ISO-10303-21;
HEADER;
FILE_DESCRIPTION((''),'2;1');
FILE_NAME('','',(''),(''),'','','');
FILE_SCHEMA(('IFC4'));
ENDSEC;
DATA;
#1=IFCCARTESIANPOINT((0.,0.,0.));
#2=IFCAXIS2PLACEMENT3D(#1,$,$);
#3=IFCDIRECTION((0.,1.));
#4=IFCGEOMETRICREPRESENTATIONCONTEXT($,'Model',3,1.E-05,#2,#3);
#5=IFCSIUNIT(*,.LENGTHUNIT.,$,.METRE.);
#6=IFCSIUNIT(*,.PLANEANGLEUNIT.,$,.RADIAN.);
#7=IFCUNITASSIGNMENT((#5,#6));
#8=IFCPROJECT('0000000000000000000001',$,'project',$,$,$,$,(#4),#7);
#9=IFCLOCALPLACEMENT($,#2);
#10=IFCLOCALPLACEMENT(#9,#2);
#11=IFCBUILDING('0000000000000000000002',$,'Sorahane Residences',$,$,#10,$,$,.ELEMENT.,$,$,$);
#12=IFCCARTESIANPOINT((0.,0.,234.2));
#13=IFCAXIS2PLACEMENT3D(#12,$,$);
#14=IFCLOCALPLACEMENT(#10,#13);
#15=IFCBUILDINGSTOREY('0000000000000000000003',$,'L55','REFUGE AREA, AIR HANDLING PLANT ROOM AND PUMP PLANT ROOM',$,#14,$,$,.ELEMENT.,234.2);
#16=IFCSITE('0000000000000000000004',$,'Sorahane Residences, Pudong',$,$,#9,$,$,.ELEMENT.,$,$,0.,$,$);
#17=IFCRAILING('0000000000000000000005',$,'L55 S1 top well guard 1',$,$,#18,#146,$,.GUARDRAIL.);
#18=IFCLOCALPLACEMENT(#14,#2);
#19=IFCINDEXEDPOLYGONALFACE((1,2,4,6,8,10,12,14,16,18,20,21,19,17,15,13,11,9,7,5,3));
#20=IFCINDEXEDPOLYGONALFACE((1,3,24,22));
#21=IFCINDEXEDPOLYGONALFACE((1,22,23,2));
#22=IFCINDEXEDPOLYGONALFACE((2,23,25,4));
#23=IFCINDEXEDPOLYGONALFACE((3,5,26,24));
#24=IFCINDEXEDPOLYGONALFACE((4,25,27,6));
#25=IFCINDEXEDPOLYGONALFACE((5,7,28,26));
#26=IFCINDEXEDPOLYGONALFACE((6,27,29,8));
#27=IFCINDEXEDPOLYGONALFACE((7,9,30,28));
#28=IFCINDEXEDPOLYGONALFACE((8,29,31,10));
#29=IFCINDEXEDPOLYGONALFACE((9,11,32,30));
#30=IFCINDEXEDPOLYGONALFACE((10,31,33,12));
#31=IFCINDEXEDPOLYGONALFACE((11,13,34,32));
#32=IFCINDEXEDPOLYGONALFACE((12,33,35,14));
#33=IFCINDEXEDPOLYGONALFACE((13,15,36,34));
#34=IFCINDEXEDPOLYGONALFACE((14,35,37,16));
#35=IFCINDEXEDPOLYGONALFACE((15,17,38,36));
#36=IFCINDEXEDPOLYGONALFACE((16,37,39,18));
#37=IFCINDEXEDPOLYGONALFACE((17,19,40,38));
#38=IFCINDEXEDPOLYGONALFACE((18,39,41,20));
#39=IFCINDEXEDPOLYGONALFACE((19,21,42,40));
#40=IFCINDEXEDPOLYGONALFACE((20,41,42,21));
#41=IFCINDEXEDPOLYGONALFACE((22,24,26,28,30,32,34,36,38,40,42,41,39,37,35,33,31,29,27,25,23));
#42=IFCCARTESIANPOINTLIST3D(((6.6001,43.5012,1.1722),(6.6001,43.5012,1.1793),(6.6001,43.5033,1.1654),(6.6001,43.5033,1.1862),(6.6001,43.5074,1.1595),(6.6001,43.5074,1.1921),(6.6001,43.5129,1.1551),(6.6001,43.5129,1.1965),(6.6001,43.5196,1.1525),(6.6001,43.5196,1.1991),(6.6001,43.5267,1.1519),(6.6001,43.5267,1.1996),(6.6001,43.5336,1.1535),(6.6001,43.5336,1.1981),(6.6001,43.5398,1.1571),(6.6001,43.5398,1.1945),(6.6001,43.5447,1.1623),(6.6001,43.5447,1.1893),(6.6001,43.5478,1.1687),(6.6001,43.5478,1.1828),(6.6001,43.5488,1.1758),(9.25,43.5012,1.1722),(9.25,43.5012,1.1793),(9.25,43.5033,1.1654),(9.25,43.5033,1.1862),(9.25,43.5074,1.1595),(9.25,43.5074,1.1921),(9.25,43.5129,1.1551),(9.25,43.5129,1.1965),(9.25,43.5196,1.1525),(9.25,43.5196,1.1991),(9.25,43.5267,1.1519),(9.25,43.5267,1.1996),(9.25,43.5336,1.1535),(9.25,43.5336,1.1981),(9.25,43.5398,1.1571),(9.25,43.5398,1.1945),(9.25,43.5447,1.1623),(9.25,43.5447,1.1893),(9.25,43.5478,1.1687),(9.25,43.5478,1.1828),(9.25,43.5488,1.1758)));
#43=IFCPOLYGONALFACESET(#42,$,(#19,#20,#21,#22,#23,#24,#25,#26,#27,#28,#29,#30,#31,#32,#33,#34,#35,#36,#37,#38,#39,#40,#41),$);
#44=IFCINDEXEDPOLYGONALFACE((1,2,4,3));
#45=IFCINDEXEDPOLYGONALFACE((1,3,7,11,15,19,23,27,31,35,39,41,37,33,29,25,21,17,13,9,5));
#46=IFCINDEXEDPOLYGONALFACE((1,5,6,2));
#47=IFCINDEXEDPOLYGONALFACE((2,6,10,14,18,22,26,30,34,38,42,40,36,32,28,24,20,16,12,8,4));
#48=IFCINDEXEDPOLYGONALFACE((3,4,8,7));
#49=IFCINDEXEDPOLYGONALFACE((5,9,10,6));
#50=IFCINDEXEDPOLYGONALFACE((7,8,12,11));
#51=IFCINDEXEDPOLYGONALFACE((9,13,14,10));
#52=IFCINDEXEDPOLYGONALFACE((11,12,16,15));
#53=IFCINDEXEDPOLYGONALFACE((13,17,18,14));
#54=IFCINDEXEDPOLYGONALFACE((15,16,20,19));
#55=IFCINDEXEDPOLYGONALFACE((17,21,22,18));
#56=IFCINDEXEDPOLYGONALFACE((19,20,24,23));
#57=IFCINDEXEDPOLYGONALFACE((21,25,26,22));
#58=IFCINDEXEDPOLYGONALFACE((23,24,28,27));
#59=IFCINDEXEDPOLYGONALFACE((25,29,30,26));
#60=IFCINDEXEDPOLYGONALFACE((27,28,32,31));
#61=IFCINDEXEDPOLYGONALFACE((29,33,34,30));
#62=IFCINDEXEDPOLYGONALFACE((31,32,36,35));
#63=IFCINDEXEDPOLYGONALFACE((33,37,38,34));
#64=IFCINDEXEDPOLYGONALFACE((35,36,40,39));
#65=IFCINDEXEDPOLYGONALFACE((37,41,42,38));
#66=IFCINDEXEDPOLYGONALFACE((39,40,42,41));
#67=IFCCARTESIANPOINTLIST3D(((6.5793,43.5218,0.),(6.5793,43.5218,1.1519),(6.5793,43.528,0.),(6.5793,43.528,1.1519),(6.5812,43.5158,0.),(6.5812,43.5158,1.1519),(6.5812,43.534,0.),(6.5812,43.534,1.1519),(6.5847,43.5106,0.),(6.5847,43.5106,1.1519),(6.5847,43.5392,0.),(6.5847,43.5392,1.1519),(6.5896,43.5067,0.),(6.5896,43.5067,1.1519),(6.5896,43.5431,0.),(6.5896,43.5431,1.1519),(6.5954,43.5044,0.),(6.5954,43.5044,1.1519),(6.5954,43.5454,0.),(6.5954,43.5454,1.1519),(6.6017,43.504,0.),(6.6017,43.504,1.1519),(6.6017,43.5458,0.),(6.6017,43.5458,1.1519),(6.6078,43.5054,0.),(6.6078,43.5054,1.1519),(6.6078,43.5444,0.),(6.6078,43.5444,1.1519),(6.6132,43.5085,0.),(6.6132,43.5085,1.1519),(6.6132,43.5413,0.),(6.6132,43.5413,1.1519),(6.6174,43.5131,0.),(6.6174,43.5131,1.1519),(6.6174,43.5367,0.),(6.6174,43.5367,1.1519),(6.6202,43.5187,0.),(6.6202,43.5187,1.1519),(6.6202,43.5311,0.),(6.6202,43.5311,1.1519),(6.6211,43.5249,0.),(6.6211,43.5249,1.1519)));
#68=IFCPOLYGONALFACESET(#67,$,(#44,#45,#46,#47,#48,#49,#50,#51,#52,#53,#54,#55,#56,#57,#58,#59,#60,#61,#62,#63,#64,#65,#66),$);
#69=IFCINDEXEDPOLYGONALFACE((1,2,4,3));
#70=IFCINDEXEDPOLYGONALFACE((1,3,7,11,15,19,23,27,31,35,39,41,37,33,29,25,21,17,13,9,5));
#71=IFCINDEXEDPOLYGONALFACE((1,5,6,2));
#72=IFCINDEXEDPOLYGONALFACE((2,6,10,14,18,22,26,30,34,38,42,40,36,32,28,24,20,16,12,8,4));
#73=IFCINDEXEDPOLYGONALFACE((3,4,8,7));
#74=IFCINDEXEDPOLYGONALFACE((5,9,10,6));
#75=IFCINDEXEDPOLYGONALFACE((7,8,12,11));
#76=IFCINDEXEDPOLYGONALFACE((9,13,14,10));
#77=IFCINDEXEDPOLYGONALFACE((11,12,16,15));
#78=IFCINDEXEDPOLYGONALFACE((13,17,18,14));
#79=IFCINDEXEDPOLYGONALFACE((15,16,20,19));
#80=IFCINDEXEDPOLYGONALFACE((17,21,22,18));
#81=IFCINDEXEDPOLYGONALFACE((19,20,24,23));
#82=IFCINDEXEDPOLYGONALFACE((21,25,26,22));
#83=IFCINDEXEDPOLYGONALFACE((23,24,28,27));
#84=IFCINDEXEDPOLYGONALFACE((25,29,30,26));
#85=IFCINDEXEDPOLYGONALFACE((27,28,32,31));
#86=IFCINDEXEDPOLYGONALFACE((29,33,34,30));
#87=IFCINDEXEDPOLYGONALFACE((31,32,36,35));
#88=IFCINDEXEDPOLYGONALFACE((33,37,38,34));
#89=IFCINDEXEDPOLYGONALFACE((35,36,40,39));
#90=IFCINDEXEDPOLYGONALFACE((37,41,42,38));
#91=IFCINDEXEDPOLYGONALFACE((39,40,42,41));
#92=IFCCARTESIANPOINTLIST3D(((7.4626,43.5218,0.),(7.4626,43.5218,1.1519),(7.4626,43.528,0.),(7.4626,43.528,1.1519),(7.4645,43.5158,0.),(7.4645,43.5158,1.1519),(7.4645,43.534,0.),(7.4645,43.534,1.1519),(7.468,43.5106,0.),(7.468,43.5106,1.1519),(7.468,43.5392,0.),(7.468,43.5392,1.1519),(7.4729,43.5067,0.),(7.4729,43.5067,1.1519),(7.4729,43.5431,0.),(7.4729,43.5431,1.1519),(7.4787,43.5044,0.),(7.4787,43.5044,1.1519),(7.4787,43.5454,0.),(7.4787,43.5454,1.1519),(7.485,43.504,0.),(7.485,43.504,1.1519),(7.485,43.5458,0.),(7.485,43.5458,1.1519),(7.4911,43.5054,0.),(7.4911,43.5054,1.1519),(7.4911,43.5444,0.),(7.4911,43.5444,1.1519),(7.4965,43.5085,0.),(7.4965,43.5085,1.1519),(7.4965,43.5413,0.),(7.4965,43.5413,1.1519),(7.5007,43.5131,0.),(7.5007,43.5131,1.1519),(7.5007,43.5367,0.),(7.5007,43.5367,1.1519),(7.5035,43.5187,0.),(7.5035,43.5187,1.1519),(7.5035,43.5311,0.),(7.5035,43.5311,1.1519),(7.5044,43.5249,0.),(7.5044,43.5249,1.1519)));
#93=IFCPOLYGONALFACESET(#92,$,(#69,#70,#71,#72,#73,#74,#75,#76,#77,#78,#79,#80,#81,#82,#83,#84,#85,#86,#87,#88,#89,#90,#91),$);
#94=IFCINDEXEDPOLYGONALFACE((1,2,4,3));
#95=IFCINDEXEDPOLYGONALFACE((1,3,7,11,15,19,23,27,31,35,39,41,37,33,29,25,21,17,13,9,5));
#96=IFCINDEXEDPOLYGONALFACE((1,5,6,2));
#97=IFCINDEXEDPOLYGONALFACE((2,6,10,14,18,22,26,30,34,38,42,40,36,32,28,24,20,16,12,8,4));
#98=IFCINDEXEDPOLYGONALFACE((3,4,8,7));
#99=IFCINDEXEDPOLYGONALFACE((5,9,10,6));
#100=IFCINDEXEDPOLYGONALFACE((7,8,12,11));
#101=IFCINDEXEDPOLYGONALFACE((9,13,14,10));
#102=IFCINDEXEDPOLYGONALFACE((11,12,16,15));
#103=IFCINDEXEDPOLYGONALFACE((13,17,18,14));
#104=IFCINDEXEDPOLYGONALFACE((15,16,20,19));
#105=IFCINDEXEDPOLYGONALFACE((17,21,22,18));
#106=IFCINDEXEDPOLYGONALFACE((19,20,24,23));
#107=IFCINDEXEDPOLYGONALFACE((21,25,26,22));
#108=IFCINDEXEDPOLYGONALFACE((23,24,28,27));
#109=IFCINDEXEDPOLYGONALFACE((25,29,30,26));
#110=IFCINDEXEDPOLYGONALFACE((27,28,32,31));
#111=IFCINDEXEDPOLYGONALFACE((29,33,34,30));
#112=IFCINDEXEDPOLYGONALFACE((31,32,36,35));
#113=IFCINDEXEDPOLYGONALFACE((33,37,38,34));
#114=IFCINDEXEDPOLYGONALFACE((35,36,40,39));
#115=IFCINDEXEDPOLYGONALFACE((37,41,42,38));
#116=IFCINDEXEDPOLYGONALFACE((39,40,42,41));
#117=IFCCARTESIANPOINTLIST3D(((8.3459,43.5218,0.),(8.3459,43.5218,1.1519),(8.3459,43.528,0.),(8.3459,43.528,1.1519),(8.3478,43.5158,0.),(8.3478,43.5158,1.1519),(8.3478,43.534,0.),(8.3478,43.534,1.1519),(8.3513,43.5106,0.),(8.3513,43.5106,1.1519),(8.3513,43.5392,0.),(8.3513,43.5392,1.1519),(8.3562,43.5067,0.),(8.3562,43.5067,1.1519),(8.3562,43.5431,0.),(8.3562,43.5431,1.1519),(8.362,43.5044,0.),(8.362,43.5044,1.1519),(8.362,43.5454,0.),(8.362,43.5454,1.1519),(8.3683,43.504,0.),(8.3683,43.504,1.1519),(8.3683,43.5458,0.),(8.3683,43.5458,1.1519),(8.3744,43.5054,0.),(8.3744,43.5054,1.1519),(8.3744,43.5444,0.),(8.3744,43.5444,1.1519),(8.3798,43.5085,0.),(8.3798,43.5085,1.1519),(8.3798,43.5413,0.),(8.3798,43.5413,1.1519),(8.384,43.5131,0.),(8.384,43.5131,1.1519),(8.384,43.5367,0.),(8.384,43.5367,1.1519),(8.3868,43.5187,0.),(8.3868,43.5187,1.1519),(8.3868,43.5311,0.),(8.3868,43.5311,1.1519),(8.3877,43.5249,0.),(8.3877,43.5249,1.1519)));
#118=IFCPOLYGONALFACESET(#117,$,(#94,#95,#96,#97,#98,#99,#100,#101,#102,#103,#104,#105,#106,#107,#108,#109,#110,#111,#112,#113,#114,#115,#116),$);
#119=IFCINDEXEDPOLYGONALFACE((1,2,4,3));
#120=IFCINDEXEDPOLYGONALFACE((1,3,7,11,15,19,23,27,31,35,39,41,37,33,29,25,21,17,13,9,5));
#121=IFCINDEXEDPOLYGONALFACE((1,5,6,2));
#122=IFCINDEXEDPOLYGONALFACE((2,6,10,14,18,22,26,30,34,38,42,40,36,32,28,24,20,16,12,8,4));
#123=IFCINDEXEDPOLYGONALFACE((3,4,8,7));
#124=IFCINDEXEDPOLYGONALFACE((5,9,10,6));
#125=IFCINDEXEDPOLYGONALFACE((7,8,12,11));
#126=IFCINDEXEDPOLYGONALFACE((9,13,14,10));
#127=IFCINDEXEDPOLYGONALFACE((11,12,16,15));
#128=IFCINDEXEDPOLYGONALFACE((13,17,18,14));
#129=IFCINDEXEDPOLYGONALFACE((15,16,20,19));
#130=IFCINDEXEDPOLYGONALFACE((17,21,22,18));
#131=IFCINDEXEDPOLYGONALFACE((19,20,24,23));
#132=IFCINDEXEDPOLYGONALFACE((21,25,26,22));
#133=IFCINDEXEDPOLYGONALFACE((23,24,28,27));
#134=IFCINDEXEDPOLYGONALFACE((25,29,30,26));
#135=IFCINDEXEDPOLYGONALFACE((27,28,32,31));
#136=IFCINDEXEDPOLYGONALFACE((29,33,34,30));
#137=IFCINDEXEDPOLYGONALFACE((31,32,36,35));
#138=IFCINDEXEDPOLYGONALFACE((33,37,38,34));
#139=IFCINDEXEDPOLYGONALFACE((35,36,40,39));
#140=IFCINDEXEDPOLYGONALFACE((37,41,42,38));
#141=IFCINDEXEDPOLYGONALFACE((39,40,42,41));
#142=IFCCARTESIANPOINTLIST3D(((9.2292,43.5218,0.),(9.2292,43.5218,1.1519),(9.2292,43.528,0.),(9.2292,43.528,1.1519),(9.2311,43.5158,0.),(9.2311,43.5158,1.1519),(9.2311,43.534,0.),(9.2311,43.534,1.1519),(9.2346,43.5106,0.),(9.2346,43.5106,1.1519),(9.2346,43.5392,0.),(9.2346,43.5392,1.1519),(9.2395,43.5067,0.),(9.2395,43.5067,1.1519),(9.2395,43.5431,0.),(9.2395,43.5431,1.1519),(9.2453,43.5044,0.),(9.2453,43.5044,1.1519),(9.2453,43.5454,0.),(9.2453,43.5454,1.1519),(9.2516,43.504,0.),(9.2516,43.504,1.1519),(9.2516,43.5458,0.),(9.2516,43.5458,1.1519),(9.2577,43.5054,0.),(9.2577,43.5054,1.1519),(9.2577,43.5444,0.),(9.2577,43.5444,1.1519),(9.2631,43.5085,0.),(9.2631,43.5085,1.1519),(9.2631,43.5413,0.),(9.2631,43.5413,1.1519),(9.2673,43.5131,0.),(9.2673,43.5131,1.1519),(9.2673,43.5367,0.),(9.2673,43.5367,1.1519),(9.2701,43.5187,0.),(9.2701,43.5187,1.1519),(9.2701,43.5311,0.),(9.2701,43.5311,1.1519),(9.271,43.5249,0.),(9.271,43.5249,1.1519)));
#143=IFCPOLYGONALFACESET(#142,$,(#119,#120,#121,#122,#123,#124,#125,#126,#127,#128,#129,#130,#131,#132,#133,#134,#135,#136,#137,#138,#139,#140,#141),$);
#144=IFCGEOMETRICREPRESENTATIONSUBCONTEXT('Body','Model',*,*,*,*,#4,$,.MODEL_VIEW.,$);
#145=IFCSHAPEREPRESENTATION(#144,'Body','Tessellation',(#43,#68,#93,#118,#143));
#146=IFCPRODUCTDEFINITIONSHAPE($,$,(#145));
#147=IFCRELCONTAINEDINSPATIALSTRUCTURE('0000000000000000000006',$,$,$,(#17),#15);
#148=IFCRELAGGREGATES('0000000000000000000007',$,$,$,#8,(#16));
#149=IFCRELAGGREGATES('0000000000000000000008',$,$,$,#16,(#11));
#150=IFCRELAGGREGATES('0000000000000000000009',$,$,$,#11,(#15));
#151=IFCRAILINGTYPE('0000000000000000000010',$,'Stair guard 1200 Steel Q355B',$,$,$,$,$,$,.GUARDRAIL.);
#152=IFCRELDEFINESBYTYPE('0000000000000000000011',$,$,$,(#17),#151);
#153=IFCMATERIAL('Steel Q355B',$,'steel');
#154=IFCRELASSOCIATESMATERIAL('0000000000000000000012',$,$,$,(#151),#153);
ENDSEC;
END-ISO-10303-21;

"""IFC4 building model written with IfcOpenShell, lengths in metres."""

from ifc_helpers import new_model, si_unit, direction, frame, origin, origin_2d, place, context, subcontext, project, spatial, circle, extrude, material, type_object, element, save


model = new_model("IFC4")

# Units and contexts
model_context = context("Model", 3, precision=1e-05, world=origin(), true_north=direction((0.0, 1.0)))
body_context = subcontext(model_context, "Body", "Model", "MODEL_VIEW")
ifc_project = project(units=[si_unit("LENGTHUNIT", "METRE"), si_unit("PLANEANGLEUNIT", "RADIAN")], contexts=[model_context])

# Site, building, storey
site_placement = place(None, origin())
site = spatial("IfcSite", under=ifc_project, at=site_placement, Name="Sorahane Residences, Pudong", CompositionType="ELEMENT", RefElevation=0.0)
building_placement = place(site_placement, origin())
building = spatial("IfcBuilding", under=site, at=building_placement, Name="Sorahane Residences", CompositionType="ELEMENT")
storey_placement = place(building_placement, frame((0.0, 0.0, 234.2)))
storey = spatial("IfcBuildingStorey", under=building, at=storey_placement, Name="L55", Description="REFUGE AREA, AIR HANDLING PLANT ROOM AND PUMP PLANT ROOM", CompositionType="ELEMENT", Elevation=234.2)

# Railing
ifc_material_1 = material(Name="Steel Q355B", Category="steel")
railing_type = type_object("IfcRailingType", Name="Stair guard 1200 Steel Q355B", PredefinedType="GUARDRAIL", material=ifc_material_1)
railing_1_placement = place(storey_placement, frame((6.6001, 43.5249, 0.0)))
element("IfcRailing", 1, at=railing_1_placement, inside=storey, type_object=railing_type, Name="L55 S1 top well guard 1", PredefinedType="GUARDRAIL", context=body_context, shape_type="SweptSolid", body=[
    extrude(circle(Radius=0.0239, at=origin_2d()), frame((0.0, 0.0, 1.1758), z_axis=(1.0, 0.0, 0.0), x_axis=(0.0, 1.0, 0.0)), (0.0, 0.0, 1.0), 2.6499),
    extrude(circle(Radius=0.021, at=origin_2d()), origin(), (0.0, 0.0, 1.0), 1.1519),
    extrude(circle(Radius=0.021, at=origin_2d()), frame((0.8833, 0.0, 0.0)), (0.0, 0.0, 1.0), 1.1519),
    extrude(circle(Radius=0.021, at=origin_2d()), frame((1.7666, 0.0, 0.0)), (0.0, 0.0, 1.0), 1.1519),
    extrude(circle(Radius=0.021, at=origin_2d()), frame((2.6499, 0.0, 0.0)), (0.0, 0.0, 1.0), 1.1519),
])

save(model, "model.ifc")
